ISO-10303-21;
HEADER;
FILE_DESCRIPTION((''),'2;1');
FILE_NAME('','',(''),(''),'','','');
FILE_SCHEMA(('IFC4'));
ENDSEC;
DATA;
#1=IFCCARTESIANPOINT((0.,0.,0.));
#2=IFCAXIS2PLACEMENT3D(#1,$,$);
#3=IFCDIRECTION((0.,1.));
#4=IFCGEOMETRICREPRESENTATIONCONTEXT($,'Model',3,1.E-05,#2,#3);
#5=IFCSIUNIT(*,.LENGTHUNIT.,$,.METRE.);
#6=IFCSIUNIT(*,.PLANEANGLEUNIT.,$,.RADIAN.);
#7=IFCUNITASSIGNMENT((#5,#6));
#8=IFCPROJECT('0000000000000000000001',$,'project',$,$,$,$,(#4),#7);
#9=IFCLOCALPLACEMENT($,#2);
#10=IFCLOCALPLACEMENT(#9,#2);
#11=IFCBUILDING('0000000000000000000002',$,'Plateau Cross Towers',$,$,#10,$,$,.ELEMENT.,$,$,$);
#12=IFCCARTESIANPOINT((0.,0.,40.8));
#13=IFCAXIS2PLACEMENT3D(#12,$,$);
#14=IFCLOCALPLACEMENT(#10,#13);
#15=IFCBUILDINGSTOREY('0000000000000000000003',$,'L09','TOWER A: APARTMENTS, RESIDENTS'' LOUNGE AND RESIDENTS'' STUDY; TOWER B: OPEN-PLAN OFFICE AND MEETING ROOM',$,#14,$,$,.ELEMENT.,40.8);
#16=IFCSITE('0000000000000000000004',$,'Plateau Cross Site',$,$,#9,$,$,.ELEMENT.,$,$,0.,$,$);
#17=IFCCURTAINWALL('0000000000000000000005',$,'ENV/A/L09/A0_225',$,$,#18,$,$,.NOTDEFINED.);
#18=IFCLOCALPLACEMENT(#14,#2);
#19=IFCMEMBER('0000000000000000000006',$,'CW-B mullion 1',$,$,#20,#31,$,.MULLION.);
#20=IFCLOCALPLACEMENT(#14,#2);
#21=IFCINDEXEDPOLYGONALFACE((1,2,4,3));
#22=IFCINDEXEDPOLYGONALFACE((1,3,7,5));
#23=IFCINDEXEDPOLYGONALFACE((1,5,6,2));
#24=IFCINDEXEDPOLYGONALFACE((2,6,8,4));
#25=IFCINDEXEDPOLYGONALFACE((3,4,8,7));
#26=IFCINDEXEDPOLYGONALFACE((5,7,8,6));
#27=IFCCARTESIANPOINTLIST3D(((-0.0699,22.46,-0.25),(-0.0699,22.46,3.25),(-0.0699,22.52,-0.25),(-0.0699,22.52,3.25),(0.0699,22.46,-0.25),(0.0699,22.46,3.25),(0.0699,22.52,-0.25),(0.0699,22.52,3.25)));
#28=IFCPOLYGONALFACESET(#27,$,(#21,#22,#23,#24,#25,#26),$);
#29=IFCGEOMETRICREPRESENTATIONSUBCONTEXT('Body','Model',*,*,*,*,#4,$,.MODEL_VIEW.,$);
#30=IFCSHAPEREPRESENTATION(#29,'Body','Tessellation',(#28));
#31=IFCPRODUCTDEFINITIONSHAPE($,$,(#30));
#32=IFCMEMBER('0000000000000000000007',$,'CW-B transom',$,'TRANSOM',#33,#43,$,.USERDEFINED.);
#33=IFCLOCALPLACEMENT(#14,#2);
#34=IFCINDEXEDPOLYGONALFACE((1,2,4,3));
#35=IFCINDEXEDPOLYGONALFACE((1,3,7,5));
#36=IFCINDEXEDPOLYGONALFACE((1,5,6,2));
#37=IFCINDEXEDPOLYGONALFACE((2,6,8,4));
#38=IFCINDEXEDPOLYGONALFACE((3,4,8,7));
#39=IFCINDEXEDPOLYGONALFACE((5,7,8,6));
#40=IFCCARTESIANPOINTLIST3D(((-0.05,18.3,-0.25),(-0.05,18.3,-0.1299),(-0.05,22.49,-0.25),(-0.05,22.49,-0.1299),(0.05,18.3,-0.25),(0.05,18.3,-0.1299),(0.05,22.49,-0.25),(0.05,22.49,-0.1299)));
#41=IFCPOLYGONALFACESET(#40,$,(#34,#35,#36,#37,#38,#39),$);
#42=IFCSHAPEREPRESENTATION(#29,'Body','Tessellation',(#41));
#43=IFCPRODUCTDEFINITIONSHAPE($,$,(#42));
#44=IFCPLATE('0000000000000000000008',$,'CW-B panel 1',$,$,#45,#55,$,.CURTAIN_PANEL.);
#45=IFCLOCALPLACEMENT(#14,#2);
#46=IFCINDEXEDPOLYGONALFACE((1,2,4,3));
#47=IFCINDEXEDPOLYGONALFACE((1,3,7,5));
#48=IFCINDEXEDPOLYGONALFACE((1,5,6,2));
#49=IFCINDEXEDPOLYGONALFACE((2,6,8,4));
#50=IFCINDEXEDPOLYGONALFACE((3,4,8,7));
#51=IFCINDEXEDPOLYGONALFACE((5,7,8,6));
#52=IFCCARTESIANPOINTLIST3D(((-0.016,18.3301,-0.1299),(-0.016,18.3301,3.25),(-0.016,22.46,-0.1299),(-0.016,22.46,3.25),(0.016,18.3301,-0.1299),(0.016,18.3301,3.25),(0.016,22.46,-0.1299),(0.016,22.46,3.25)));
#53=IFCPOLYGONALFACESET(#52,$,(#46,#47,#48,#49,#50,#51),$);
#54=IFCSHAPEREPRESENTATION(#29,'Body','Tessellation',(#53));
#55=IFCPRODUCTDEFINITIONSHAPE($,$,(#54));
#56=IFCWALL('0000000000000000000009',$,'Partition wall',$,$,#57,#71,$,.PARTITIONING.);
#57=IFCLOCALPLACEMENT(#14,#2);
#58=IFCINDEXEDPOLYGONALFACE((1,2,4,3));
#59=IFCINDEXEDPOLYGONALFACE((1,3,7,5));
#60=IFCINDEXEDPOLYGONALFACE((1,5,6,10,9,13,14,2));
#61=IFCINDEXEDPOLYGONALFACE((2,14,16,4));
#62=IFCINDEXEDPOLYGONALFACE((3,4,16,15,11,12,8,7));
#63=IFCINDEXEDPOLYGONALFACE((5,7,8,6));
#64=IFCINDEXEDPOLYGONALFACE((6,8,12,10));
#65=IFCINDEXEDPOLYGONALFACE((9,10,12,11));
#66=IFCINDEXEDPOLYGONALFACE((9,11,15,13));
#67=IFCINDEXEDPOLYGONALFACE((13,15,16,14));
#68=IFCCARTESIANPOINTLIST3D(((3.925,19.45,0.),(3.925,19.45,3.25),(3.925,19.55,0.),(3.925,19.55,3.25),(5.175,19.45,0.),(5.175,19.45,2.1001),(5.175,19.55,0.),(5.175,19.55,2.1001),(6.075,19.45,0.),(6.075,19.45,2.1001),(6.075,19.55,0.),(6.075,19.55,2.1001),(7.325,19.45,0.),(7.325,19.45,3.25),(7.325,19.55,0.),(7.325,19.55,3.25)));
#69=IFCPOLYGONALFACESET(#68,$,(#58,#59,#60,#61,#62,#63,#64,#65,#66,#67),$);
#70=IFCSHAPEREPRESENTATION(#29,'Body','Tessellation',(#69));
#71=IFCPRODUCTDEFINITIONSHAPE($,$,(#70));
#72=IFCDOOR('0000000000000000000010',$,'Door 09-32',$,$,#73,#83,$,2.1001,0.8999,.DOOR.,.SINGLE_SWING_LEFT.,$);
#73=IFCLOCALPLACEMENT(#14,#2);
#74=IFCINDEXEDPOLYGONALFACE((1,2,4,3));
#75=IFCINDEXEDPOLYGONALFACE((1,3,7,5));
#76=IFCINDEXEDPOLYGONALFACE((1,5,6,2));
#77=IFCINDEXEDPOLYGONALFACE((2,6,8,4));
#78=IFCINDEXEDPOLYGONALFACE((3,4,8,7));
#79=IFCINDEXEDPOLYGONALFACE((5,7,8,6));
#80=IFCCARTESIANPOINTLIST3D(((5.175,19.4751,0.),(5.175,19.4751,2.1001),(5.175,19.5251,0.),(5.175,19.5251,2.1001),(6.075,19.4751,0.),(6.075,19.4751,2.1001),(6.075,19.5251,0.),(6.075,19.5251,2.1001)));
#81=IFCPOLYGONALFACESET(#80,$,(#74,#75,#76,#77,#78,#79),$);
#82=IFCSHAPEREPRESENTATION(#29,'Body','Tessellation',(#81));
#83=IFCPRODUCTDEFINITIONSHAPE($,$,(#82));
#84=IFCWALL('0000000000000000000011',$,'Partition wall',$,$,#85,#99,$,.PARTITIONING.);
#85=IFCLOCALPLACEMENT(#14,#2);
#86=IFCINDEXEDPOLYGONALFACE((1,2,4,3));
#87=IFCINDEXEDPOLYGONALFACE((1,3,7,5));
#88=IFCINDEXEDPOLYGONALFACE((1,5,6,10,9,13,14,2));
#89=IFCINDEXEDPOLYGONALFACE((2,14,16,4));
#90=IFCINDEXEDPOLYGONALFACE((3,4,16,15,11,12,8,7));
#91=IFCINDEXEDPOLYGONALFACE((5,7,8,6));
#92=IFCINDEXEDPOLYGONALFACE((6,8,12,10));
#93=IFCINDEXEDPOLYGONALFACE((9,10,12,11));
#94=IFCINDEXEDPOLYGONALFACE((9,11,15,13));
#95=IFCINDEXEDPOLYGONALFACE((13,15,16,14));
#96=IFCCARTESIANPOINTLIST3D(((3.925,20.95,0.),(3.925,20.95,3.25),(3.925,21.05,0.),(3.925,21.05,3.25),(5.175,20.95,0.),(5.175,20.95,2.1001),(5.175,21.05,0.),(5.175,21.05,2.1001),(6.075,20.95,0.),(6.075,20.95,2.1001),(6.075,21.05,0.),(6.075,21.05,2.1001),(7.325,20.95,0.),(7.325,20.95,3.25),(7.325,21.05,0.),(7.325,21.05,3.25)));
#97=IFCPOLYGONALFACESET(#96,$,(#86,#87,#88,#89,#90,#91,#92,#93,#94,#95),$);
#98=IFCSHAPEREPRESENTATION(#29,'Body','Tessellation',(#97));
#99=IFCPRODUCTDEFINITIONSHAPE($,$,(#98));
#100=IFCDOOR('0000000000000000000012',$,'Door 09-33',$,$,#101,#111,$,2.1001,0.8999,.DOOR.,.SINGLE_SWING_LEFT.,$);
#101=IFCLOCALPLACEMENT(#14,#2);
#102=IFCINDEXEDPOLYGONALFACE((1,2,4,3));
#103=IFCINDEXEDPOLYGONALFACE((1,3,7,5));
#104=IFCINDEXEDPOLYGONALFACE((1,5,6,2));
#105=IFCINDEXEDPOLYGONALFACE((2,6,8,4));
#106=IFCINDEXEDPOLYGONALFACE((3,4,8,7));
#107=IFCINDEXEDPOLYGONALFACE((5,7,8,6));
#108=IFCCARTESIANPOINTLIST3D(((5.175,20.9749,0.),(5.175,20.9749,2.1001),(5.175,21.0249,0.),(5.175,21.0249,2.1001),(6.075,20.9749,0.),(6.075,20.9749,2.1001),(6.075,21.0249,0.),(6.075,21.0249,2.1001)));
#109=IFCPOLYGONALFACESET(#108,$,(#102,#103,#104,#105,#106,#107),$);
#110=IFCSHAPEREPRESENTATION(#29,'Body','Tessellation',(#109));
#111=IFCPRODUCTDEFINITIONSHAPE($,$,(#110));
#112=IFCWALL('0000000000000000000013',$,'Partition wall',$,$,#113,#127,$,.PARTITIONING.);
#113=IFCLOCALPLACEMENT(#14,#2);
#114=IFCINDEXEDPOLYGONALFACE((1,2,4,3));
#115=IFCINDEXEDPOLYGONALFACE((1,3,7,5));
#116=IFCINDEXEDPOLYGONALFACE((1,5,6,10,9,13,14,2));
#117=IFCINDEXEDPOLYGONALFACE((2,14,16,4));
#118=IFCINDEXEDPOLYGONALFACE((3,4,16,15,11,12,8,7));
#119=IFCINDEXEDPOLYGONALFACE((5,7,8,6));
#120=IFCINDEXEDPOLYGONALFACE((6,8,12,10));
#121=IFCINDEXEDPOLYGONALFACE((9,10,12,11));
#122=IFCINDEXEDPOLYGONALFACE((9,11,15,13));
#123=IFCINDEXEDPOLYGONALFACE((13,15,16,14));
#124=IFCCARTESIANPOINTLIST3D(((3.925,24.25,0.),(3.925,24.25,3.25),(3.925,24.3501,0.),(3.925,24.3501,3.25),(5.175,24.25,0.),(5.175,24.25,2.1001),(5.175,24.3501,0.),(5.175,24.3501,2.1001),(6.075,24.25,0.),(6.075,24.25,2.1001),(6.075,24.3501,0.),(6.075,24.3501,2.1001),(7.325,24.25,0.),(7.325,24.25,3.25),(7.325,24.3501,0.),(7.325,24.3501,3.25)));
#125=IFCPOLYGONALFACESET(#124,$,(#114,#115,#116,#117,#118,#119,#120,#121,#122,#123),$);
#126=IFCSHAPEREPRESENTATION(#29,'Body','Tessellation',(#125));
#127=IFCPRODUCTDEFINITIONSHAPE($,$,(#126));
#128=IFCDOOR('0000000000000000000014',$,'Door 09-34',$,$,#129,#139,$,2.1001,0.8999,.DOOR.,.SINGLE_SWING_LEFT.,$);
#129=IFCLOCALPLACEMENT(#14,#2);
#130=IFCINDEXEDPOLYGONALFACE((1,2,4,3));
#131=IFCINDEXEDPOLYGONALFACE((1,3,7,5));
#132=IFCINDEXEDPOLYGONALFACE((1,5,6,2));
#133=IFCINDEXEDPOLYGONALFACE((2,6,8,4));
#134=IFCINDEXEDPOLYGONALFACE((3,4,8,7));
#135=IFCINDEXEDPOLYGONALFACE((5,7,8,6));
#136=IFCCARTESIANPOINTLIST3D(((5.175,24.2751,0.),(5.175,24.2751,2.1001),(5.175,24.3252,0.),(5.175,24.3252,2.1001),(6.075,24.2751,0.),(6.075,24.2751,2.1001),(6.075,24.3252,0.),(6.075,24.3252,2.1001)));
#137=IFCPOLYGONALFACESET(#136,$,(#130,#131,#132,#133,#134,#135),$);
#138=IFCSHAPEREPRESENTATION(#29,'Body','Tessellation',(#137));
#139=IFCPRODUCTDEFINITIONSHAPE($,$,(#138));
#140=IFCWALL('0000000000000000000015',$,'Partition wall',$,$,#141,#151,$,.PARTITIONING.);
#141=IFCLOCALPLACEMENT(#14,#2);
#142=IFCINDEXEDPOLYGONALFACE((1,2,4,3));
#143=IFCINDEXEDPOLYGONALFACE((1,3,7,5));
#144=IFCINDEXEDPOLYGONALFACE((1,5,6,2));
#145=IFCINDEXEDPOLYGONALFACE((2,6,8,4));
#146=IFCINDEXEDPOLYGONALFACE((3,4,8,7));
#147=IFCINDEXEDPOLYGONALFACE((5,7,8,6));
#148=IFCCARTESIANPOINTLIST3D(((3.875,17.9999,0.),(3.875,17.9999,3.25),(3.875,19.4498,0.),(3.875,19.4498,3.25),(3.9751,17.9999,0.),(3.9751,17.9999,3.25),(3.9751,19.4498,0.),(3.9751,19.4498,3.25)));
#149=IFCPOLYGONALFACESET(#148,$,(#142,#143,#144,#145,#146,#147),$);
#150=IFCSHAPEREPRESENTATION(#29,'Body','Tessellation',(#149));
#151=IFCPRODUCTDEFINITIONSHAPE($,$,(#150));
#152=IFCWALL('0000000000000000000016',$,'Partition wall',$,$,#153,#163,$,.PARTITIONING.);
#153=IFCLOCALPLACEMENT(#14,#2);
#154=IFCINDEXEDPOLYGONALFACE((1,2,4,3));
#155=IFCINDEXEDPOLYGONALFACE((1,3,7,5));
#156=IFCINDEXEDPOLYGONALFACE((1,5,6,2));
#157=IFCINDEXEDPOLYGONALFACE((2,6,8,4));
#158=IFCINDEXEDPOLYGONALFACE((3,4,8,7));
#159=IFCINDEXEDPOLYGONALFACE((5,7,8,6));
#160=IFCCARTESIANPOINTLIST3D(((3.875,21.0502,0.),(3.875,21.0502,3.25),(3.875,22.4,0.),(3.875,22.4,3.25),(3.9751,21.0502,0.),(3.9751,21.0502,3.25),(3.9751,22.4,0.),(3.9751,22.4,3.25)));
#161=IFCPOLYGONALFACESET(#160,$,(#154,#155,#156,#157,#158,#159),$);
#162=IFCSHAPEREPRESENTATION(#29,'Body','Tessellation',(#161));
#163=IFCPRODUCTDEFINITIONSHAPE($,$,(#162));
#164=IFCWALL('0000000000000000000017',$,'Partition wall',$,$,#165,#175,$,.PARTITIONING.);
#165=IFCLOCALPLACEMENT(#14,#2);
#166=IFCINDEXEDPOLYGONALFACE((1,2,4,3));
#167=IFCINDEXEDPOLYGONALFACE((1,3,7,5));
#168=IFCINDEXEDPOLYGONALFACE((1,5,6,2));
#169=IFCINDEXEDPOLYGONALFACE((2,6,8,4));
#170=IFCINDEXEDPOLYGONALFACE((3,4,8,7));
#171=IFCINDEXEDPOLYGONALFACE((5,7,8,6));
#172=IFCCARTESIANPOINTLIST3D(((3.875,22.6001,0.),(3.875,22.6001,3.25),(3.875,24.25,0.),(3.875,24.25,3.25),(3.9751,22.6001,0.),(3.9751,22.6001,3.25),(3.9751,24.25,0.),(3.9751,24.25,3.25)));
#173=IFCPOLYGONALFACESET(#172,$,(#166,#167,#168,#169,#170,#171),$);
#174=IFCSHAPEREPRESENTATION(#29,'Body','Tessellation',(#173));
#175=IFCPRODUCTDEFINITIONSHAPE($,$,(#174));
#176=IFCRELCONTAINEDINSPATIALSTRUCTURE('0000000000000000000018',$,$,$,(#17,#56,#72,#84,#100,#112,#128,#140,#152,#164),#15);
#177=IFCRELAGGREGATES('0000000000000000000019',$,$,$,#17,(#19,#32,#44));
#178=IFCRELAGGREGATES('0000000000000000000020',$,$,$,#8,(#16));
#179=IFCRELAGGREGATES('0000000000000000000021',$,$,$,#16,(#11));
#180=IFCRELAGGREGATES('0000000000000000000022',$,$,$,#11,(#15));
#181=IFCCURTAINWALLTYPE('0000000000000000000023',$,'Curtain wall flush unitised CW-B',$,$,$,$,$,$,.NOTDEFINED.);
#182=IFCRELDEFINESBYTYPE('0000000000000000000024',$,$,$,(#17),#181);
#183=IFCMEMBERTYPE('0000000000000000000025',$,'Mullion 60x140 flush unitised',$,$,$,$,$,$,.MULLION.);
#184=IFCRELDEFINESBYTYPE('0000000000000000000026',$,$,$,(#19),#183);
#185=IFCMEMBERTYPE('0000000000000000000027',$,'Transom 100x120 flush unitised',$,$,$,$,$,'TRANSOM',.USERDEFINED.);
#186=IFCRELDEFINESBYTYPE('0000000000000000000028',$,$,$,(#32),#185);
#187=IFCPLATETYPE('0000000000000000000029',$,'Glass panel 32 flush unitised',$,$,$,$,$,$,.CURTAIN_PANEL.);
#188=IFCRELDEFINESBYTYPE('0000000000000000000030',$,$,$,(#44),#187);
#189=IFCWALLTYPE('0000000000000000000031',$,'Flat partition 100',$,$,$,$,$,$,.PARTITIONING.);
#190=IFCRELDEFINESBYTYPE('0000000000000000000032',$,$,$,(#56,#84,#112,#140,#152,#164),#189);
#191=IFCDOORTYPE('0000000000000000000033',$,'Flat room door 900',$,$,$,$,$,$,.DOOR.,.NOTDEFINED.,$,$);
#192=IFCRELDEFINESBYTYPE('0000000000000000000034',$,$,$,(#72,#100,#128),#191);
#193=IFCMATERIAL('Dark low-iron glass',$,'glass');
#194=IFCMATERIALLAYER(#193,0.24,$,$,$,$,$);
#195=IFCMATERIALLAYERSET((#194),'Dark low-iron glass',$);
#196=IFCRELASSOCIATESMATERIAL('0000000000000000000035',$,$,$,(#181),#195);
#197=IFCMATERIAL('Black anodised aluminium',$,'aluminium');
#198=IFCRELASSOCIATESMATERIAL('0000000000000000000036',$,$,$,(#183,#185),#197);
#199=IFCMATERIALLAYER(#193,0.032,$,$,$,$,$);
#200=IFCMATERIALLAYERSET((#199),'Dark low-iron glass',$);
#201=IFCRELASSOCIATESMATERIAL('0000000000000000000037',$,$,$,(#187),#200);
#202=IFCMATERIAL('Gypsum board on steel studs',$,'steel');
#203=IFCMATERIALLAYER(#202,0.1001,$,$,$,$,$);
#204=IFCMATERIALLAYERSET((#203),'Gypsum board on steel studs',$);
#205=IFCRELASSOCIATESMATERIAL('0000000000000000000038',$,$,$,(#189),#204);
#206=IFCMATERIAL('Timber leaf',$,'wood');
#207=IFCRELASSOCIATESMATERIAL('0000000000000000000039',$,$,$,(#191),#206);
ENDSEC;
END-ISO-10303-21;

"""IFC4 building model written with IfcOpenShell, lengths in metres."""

from ifc_helpers import new_model, si_unit, direction, frame, frame_2d, origin, origin_2d, place, context, subcontext, project, spatial, rectangle, extrude, material, layer, layer_set, material_profile, profile_set, type_object, element, fill, aggregate, save


model = new_model("IFC4")

# Units and contexts
model_context = context("Model", 3, precision=1e-05, world=origin(), true_north=direction((0.0, 1.0)))
body_context = subcontext(model_context, "Body", "Model", "MODEL_VIEW")
ifc_project = project(units=[si_unit("LENGTHUNIT", "METRE"), si_unit("PLANEANGLEUNIT", "RADIAN")], contexts=[model_context])

# Site, building, storey
site_placement = place(None, origin())
site = spatial("IfcSite", under=ifc_project, at=site_placement, Name="Plateau Cross Site", CompositionType="ELEMENT", RefElevation=0.0)
building_placement = place(site_placement, origin())
building = spatial("IfcBuilding", under=site, at=building_placement, Name="Plateau Cross Towers", CompositionType="ELEMENT")
storey_placement = place(building_placement, frame((0.0, 0.0, 40.8)))
storey = spatial("IfcBuildingStorey", under=building, at=storey_placement, Name="L09", Description="TOWER A: APARTMENTS, RESIDENTS' LOUNGE AND RESIDENTS' STUDY; TOWER B: OPEN-PLAN OFFICE AND MEETING ROOM", CompositionType="ELEMENT", Elevation=40.8)

# Curtain wall, members, plate
ifc_material_1 = material(Name="Dark low-iron glass", Category="glass")
ifc_layer_1 = layer(ifc_material_1, 0.24)
ifc_layer_set_1 = layer_set([ifc_layer_1], Name="Dark low-iron glass")
curtain_wall_type = type_object("IfcCurtainWallType", Name="Curtain wall flush unitised CW-B", PredefinedType="NOTDEFINED", material=ifc_layer_set_1)
curtain_wall_placement = place(storey_placement, origin())
curtain_wall = element("IfcCurtainWall", 1, at=curtain_wall_placement, inside=storey, type_object=curtain_wall_type, Name="ENV/A/L09/A0_225", PredefinedType="NOTDEFINED")
ifc_material_2 = material(Name="Black anodised aluminium", Category="aluminium")
ifc_material_profile_1 = material_profile(ifc_material_2, rectangle(XDim=0.0601, YDim=0.1399, at=origin_2d()), Name="MULLION 60x140")
ifc_profile_set_1 = profile_set([ifc_material_profile_1], Name="Black anodised aluminium")
member_type_1 = type_object("IfcMemberType", Name="Mullion 60x140 flush unitised", PredefinedType="MULLION", material=ifc_profile_set_1)
member_1_placement = place(storey_placement, frame((0.0, 22.49, -0.25), z_axis=(0.0, 0.0, 1.0), x_axis=(0.0, -1.0, 0.0)))
member_1 = element("IfcMember", 2, at=member_1_placement, type_object=member_type_1, Name="CW-B mullion 1", PredefinedType="MULLION", context=body_context, shape_type="SweptSolid", body=[
    extrude(rectangle(XDim=0.0601, YDim=0.1399, at=origin_2d()), origin(), (0.0, 0.0, 1.0), 3.5),
])
ifc_material_profile_2 = material_profile(ifc_material_2, rectangle(XDim=0.1001, YDim=0.1201, at=origin_2d()), Name="TRANSOM 100x120")
ifc_profile_set_2 = profile_set([ifc_material_profile_2], Name="Black anodised aluminium")
member_type_2 = type_object("IfcMemberType", Name="Transom 100x120 flush unitised", ElementType="TRANSOM", PredefinedType="USERDEFINED", material=ifc_profile_set_2)
member_2_placement = place(storey_placement, frame((0.0, 22.49, -0.1899), z_axis=(0.0, -1.0, 0.0), x_axis=(1.0, 0.0, 0.0)))
member_2 = element("IfcMember", 3, at=member_2_placement, type_object=member_type_2, Name="CW-B transom", ObjectType="TRANSOM", PredefinedType="USERDEFINED", context=body_context, shape_type="SweptSolid", body=[
    extrude(rectangle(XDim=0.1001, YDim=0.1201, at=origin_2d()), origin(), (0.0, 0.0, 1.0), 4.1899),
])
ifc_layer_2 = layer(ifc_material_1, 0.032)
ifc_layer_set_2 = layer_set([ifc_layer_2], Name="Dark low-iron glass")
plate_type = type_object("IfcPlateType", Name="Glass panel 32 flush unitised", PredefinedType="CURTAIN_PANEL", material=ifc_layer_set_2)
plate_placement = place(storey_placement, frame((0.0, 20.395, -0.1299), z_axis=(0.0, 0.0, 1.0), x_axis=(0.0, -1.0, 0.0)))
plate = element("IfcPlate", 4, at=plate_placement, type_object=plate_type, Name="CW-B panel 1", PredefinedType="CURTAIN_PANEL", context=body_context, shape_type="SweptSolid", body=[
    extrude(rectangle(XDim=4.1299, YDim=0.032, at=origin_2d()), origin(), (0.0, 0.0, 1.0), 3.3799),
])
aggregate(curtain_wall, [member_1, member_2, plate])

# Walls, openings, doors
ifc_material_3 = material(Name="Gypsum board on steel studs", Category="steel")
ifc_layer_3 = layer(ifc_material_3, 0.1001)
ifc_layer_set_3 = layer_set([ifc_layer_3], Name="Gypsum board on steel studs")
wall_type_1 = type_object("IfcWallType", Name="Flat partition 100", PredefinedType="PARTITIONING", material=ifc_layer_set_3)
wall_1_placement = place(storey_placement, frame((7.325, 19.5, 0.0), z_axis=(0.0, 0.0, 1.0), x_axis=(-1.0, 0.0, 0.0)))
wall_1 = element("IfcWall", 5, at=wall_1_placement, inside=storey, type_object=wall_type_1, Name="Partition wall", PredefinedType="PARTITIONING", context=body_context, shape_type="SweptSolid", body=[
    extrude(rectangle(XDim=3.3999, YDim=0.1001, at=frame_2d((1.7, 0.0))), origin(), (0.0, 0.0, 1.0), 3.25),
])
opening_1_placement = place(wall_1_placement, frame((1.25, 0.0, 0.0)))
opening_1 = element("IfcOpeningElement", 6, at=opening_1_placement, cuts=wall_1, PredefinedType="OPENING", context=body_context, shape_type="SweptSolid", body=[
    extrude(rectangle(XDim=0.8999, YDim=2.1001, at=frame_2d((0.45, 1.05))), frame((0.0, 0.0601, 0.0), z_axis=(0.0, -1.0, 0.0), x_axis=(1.0, 0.0, 0.0)), (0.0, 0.0, 1.0), 0.1201),
])
ifc_material_4 = material(Name="Timber leaf", Category="wood")
door_type_1 = type_object("IfcDoorType", Name="Flat room door 900", OperationType="NOTDEFINED", PredefinedType="DOOR", material=ifc_material_4)
door_1_placement = place(opening_1_placement, origin())
door_1 = element("IfcDoor", 7, at=door_1_placement, inside=storey, type_object=door_type_1, Name="Door 09-32", OperationType="SINGLE_SWING_LEFT", OverallHeight=2.1001, OverallWidth=0.8999, PredefinedType="DOOR", context=body_context, shape_type="SweptSolid", body=[
    extrude(rectangle(XDim=0.8999, YDim=2.1001, at=frame_2d((0.45, 1.05))), frame((0.0, 0.0249, 0.0), z_axis=(0.0, -1.0, 0.0), x_axis=(1.0, 0.0, 0.0)), (0.0, 0.0, 1.0), 0.05),
])
fill(opening_1, door_1)
wall_2_placement = place(storey_placement, frame((3.925, 21.0, 0.0), z_axis=(0.0, 0.0, 1.0), x_axis=(1.0, 0.0, 0.0)))
wall_2 = element("IfcWall", 8, at=wall_2_placement, inside=storey, type_object=wall_type_1, Name="Partition wall", PredefinedType="PARTITIONING", context=body_context, shape_type="SweptSolid", body=[
    extrude(rectangle(XDim=3.3999, YDim=0.1001, at=frame_2d((1.7, 0.0))), origin(), (0.0, 0.0, 1.0), 3.25),
])
opening_2_placement = place(wall_2_placement, frame((1.25, 0.0, 0.0)))
opening_2 = element("IfcOpeningElement", 9, at=opening_2_placement, cuts=wall_2, PredefinedType="OPENING", context=body_context, shape_type="SweptSolid", body=[
    extrude(rectangle(XDim=0.8999, YDim=2.1001, at=frame_2d((0.45, 1.05))), frame((0.0, 0.0601, 0.0), z_axis=(0.0, -1.0, 0.0), x_axis=(1.0, 0.0, 0.0)), (0.0, 0.0, 1.0), 0.1201),
])
door_2_placement = place(opening_2_placement, origin())
door_2 = element("IfcDoor", 10, at=door_2_placement, inside=storey, type_object=door_type_1, Name="Door 09-33", OperationType="SINGLE_SWING_LEFT", OverallHeight=2.1001, OverallWidth=0.8999, PredefinedType="DOOR", context=body_context, shape_type="SweptSolid", body=[
    extrude(rectangle(XDim=0.8999, YDim=2.1001, at=frame_2d((0.45, 1.05))), frame((0.0, 0.0249, 0.0), z_axis=(0.0, -1.0, 0.0), x_axis=(1.0, 0.0, 0.0)), (0.0, 0.0, 1.0), 0.05),
])
fill(opening_2, door_2)
wall_3_placement = place(storey_placement, frame((7.325, 24.3, 0.0), z_axis=(0.0, 0.0, 1.0), x_axis=(-1.0, 0.0, 0.0)))
wall_3 = element("IfcWall", 11, at=wall_3_placement, inside=storey, type_object=wall_type_1, Name="Partition wall", PredefinedType="PARTITIONING", context=body_context, shape_type="SweptSolid", body=[
    extrude(rectangle(XDim=3.3999, YDim=0.1001, at=frame_2d((1.7, 0.0))), origin(), (0.0, 0.0, 1.0), 3.25),
])
opening_3_placement = place(wall_3_placement, frame((1.25, 0.0, 0.0)))
opening_3 = element("IfcOpeningElement", 12, at=opening_3_placement, cuts=wall_3, PredefinedType="OPENING", context=body_context, shape_type="SweptSolid", body=[
    extrude(rectangle(XDim=0.8999, YDim=2.1001, at=frame_2d((0.45, 1.05))), frame((0.0, 0.0601, 0.0), z_axis=(0.0, -1.0, 0.0), x_axis=(1.0, 0.0, 0.0)), (0.0, 0.0, 1.0), 0.1201),
])
door_3_placement = place(opening_3_placement, origin())
door_3 = element("IfcDoor", 13, at=door_3_placement, inside=storey, type_object=door_type_1, Name="Door 09-34", OperationType="SINGLE_SWING_LEFT", OverallHeight=2.1001, OverallWidth=0.8999, PredefinedType="DOOR", context=body_context, shape_type="SweptSolid", body=[
    extrude(rectangle(XDim=0.8999, YDim=2.1001, at=frame_2d((0.45, 1.05))), frame((0.0, 0.0249, 0.0), z_axis=(0.0, -1.0, 0.0), x_axis=(1.0, 0.0, 0.0)), (0.0, 0.0, 1.0), 0.05),
])
fill(opening_3, door_3)

# Walls
wall_4_placement = place(storey_placement, frame((3.925, 19.45, 0.0), z_axis=(0.0, 0.0, 1.0), x_axis=(0.0, -1.0, 0.0)))
element("IfcWall", 14, at=wall_4_placement, inside=storey, type_object=wall_type_1, Name="Partition wall", PredefinedType="PARTITIONING", context=body_context, shape_type="SweptSolid", body=[
    extrude(rectangle(XDim=1.45, YDim=0.1001, at=frame_2d((0.7251, 0.0))), origin(), (0.0, 0.0, 1.0), 3.25),
])
wall_5_placement = place(storey_placement, frame((3.925, 22.3999, 0.0), z_axis=(0.0, 0.0, 1.0), x_axis=(0.0, -1.0, 0.0)))
element("IfcWall", 15, at=wall_5_placement, inside=storey, type_object=wall_type_1, Name="Partition wall", PredefinedType="PARTITIONING", context=body_context, shape_type="SweptSolid", body=[
    extrude(rectangle(XDim=1.3499, YDim=0.1001, at=frame_2d((0.6748, 0.0))), origin(), (0.0, 0.0, 1.0), 3.25),
])
wall_6_placement = place(storey_placement, frame((3.925, 24.25, 0.0), z_axis=(0.0, 0.0, 1.0), x_axis=(0.0, -1.0, 0.0)))
element("IfcWall", 16, at=wall_6_placement, inside=storey, type_object=wall_type_1, Name="Partition wall", PredefinedType="PARTITIONING", context=body_context, shape_type="SweptSolid", body=[
    extrude(rectangle(XDim=1.6499, YDim=0.1001, at=frame_2d((0.825, 0.0))), origin(), (0.0, 0.0, 1.0), 3.25),
])

save(model, "model.ifc")
